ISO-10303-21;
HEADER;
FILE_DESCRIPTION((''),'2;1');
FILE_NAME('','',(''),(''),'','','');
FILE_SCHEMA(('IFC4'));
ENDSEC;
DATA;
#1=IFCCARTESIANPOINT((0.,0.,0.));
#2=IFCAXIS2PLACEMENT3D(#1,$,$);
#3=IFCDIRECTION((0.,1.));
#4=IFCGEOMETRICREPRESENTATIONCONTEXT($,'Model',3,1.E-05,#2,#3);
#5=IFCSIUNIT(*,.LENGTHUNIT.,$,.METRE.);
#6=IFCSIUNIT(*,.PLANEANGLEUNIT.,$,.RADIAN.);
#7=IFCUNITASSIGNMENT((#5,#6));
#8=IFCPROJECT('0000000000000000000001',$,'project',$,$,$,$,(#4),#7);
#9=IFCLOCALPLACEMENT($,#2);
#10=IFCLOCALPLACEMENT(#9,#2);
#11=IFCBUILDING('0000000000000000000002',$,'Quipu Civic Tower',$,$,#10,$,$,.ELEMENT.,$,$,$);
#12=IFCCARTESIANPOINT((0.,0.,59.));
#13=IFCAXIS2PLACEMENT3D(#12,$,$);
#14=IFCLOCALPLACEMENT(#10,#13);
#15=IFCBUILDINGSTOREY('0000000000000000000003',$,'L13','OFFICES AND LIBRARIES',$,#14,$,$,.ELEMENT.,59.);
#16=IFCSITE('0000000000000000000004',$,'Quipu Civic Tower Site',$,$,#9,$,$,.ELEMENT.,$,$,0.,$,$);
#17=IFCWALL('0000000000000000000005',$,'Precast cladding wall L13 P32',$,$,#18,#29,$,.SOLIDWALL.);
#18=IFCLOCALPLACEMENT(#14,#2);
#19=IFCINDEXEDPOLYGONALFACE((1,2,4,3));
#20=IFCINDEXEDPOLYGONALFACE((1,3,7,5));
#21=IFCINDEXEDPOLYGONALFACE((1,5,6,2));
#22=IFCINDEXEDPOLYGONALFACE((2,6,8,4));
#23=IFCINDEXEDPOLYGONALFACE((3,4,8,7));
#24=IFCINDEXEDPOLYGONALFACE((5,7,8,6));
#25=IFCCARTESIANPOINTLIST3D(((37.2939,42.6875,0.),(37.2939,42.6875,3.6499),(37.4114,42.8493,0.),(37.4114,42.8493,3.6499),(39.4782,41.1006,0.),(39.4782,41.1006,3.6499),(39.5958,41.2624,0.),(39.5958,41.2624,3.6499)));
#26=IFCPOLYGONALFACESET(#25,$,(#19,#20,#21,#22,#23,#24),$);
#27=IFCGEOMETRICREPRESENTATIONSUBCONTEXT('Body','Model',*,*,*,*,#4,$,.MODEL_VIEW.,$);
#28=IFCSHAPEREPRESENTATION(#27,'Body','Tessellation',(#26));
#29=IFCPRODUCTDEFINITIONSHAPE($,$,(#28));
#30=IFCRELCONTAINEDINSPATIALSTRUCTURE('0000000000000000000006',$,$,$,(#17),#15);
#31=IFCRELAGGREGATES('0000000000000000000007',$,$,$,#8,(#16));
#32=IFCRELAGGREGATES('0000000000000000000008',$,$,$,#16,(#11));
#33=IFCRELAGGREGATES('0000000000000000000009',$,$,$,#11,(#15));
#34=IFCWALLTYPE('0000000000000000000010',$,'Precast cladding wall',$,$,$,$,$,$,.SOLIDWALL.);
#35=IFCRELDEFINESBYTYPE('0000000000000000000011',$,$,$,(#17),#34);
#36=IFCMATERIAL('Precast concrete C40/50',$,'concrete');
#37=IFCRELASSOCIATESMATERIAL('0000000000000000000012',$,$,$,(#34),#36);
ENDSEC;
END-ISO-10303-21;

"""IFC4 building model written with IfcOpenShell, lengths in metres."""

from ifc_helpers import new_model, si_unit, direction, frame, frame_2d, origin, place, context, subcontext, project, spatial, rectangle, extrude, material, type_object, element, save


model = new_model("IFC4")

# Units and contexts
model_context = context("Model", 3, precision=1e-05, world=origin(), true_north=direction((0.0, 1.0)))
body_context = subcontext(model_context, "Body", "Model", "MODEL_VIEW")
ifc_project = project(units=[si_unit("LENGTHUNIT", "METRE"), si_unit("PLANEANGLEUNIT", "RADIAN")], contexts=[model_context])

# Site, building, storey
site_placement = place(None, origin())
site = spatial("IfcSite", under=ifc_project, at=site_placement, Name="Quipu Civic Tower Site", CompositionType="ELEMENT", RefElevation=0.0)
building_placement = place(site_placement, origin())
building = spatial("IfcBuilding", under=site, at=building_placement, Name="Quipu Civic Tower", CompositionType="ELEMENT")
storey_placement = place(building_placement, frame((0.0, 0.0, 59.0)))
storey = spatial("IfcBuildingStorey", under=building, at=storey_placement, Name="L13", Description="OFFICES AND LIBRARIES", CompositionType="ELEMENT", Elevation=59.0)

# Wall
ifc_material_1 = material(Name="Precast concrete C40/50", Category="concrete")
wall_type_1 = type_object("IfcWallType", Name="Precast cladding wall", PredefinedType="SOLIDWALL", material=ifc_material_1)
wall_1_placement = place(storey_placement, frame((39.5371, 41.1814, 0.0), z_axis=(0.0, 0.0, 1.0), x_axis=(-0.809033, 0.587763, 0.0)))
element("IfcWall", 1, at=wall_1_placement, inside=storey, type_object=wall_type_1, Name="Precast cladding wall L13 P32", PredefinedType="SOLIDWALL", context=body_context, shape_type="SweptSolid", body=[
    extrude(rectangle(XDim=2.7, YDim=0.2, at=frame_2d((1.3501, 0.0))), origin(), (0.0, 0.0, 1.0), 3.6499),
])

save(model, "model.ifc")
